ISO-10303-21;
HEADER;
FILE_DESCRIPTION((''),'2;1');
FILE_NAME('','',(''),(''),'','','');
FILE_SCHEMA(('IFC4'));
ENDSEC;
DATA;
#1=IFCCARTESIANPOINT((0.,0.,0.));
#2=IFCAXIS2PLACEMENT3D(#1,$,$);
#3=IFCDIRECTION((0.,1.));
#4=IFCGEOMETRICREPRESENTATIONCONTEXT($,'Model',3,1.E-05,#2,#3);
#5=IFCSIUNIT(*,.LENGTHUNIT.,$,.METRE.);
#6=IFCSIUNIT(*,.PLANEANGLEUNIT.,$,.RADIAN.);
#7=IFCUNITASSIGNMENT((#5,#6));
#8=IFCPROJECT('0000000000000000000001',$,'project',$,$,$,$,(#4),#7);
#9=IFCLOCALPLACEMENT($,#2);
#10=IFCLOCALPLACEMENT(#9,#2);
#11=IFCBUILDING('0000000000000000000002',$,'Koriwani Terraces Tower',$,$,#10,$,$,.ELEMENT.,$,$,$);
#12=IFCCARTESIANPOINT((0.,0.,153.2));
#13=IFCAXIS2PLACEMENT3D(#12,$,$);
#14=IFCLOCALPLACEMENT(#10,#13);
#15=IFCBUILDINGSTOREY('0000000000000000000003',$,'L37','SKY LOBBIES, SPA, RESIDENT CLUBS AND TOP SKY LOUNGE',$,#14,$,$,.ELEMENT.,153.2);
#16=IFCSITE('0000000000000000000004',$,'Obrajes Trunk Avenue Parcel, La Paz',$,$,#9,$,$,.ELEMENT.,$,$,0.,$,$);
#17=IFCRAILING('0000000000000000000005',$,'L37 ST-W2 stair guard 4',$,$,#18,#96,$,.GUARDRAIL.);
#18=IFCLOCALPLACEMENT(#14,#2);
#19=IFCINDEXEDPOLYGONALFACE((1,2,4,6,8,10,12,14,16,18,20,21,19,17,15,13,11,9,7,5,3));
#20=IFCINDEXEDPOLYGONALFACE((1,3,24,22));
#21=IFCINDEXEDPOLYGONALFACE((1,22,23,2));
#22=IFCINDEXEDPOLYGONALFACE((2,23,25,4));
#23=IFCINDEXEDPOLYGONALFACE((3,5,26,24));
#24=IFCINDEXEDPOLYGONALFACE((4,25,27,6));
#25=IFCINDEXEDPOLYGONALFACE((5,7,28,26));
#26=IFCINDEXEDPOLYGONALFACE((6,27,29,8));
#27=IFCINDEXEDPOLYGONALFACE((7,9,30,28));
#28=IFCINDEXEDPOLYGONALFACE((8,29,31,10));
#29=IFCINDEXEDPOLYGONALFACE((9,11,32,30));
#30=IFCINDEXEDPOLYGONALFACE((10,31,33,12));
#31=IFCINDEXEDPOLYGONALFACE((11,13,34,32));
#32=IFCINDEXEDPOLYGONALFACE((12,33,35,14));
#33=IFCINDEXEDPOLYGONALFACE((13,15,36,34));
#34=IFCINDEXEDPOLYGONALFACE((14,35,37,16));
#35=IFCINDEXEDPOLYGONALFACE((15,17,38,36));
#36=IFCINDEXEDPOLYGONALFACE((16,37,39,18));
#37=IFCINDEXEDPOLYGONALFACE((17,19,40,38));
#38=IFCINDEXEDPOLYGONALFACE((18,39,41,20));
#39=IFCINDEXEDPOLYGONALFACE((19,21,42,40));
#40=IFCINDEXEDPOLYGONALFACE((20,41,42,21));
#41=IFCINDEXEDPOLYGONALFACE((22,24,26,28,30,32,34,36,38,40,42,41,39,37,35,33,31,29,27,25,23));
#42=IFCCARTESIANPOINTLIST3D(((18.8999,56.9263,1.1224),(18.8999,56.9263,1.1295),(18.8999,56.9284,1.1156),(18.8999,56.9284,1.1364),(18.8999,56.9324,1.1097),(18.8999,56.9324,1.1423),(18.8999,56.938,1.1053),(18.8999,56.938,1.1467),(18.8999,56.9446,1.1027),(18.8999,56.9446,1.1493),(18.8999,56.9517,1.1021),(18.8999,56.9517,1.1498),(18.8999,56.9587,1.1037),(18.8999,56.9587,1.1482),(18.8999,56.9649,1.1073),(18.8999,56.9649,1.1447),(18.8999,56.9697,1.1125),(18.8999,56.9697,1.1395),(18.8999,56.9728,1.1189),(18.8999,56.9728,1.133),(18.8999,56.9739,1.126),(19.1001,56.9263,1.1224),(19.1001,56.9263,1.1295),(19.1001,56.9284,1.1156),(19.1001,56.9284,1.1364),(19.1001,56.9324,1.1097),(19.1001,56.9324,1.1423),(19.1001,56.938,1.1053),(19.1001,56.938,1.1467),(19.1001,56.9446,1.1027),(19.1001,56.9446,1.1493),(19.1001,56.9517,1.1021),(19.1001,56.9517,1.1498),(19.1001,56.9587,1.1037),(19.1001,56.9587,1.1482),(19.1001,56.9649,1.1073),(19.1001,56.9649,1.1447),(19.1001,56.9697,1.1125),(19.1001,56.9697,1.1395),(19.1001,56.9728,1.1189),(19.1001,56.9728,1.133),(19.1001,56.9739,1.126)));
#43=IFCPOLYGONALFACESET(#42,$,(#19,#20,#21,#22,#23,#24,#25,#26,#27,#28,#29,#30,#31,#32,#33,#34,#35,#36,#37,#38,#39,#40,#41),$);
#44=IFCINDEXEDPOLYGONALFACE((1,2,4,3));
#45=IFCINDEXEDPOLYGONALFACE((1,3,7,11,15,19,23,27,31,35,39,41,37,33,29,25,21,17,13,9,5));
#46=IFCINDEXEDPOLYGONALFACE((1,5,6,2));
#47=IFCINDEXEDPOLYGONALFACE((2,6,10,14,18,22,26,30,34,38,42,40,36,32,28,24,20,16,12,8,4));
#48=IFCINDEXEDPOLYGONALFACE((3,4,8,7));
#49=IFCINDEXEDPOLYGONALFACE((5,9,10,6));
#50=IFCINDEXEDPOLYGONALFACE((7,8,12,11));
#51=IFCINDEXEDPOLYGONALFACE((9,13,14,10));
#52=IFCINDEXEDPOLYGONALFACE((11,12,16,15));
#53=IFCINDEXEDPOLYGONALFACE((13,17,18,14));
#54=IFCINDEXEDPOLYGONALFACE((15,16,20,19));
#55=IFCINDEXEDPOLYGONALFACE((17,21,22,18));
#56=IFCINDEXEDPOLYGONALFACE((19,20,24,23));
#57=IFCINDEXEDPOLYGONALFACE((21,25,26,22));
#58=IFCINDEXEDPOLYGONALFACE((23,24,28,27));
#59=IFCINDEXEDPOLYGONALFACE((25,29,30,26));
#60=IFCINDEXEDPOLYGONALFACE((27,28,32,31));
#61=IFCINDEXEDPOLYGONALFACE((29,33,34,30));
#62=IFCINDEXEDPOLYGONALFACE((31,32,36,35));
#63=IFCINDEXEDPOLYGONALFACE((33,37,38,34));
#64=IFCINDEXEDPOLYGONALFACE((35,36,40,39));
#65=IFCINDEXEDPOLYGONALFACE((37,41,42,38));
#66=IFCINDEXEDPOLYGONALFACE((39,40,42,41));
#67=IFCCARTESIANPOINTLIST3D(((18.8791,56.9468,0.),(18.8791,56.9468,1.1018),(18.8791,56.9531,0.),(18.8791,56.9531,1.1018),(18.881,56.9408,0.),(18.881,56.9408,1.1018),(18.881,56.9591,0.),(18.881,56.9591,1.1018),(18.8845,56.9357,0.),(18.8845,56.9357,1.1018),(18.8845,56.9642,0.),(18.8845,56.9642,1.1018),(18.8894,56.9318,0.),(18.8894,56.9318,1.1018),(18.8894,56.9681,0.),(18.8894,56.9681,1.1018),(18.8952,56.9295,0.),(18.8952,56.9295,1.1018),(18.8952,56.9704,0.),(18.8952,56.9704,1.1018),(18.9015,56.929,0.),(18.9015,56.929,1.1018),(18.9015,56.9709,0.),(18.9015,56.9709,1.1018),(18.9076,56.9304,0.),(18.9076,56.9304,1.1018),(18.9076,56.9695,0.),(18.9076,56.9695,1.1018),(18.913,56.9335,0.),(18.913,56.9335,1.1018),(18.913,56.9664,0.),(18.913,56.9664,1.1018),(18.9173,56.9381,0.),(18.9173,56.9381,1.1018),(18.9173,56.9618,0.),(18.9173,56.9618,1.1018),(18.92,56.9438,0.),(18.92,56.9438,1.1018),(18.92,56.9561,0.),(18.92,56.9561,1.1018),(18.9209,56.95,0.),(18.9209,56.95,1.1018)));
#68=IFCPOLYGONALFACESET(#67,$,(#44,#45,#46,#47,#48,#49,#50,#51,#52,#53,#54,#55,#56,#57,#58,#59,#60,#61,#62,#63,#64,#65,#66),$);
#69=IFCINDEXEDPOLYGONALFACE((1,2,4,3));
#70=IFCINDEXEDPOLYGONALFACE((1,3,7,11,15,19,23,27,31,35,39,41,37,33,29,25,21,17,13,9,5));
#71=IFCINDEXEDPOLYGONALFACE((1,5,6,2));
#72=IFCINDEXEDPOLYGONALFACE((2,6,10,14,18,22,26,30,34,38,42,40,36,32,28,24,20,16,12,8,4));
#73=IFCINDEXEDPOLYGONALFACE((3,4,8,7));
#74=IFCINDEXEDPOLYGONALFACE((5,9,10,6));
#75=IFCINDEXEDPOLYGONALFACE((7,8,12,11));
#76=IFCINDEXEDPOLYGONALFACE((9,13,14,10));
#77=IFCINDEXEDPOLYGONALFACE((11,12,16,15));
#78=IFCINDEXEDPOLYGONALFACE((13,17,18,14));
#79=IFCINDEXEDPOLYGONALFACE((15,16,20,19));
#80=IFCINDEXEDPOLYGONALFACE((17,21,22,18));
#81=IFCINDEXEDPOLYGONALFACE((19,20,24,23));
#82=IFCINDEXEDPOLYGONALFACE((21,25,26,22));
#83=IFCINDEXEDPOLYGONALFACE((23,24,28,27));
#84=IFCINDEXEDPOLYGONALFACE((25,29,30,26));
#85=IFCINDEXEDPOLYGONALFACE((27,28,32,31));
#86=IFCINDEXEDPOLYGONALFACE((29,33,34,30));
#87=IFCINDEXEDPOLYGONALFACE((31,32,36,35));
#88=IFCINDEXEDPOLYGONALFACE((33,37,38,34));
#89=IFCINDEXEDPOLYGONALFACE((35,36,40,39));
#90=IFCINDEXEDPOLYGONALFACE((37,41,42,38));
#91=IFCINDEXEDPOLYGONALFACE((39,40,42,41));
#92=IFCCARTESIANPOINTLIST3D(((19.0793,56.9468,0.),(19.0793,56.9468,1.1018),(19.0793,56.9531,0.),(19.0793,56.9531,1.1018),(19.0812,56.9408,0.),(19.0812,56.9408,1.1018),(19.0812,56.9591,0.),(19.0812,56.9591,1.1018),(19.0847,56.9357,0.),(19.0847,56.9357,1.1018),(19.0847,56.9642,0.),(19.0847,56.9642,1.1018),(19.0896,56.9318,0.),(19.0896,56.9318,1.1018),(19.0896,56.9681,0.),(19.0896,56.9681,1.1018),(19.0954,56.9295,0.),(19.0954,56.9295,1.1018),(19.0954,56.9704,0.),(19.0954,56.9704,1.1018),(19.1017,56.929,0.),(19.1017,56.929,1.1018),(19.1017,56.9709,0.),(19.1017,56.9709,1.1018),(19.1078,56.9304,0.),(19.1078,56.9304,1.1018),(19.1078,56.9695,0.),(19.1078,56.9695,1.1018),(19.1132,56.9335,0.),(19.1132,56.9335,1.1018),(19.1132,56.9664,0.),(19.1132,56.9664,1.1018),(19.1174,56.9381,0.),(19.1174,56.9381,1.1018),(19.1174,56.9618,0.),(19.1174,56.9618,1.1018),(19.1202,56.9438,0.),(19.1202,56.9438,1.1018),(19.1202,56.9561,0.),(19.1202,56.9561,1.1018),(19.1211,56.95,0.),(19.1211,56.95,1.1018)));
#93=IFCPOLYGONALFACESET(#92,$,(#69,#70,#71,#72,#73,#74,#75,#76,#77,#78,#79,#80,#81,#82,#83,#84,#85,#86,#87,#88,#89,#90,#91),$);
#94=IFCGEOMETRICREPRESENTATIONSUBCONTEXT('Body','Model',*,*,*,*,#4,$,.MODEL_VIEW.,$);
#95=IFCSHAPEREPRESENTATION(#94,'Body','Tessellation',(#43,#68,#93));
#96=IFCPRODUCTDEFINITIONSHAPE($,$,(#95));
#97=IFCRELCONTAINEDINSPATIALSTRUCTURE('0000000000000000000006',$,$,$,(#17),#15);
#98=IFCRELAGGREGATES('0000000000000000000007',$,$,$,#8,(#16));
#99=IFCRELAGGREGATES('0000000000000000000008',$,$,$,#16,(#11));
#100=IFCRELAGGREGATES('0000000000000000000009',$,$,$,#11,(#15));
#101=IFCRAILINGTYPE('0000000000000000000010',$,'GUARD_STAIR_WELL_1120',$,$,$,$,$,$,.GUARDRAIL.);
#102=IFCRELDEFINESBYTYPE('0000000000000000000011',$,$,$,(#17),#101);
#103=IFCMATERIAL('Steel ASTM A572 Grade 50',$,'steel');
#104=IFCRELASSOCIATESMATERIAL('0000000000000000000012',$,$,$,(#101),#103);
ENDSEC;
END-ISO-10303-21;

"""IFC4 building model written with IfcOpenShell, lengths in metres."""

from ifc_helpers import new_model, si_unit, direction, frame, origin, origin_2d, place, context, subcontext, project, spatial, circle, extrude, material, type_object, element, save


model = new_model("IFC4")

# Units and contexts
model_context = context("Model", 3, precision=1e-05, world=origin(), true_north=direction((0.0, 1.0)))
body_context = subcontext(model_context, "Body", "Model", "MODEL_VIEW")
ifc_project = project(units=[si_unit("LENGTHUNIT", "METRE"), si_unit("PLANEANGLEUNIT", "RADIAN")], contexts=[model_context])

# Site, building, storey
site_placement = place(None, origin())
site = spatial("IfcSite", under=ifc_project, at=site_placement, Name="Obrajes Trunk Avenue Parcel, La Paz", CompositionType="ELEMENT", RefElevation=0.0)
building_placement = place(site_placement, origin())
building = spatial("IfcBuilding", under=site, at=building_placement, Name="Koriwani Terraces Tower", CompositionType="ELEMENT")
storey_placement = place(building_placement, frame((0.0, 0.0, 153.2)))
storey = spatial("IfcBuildingStorey", under=building, at=storey_placement, Name="L37", Description="SKY LOBBIES, SPA, RESIDENT CLUBS AND TOP SKY LOUNGE", CompositionType="ELEMENT", Elevation=153.2)

# Shared definitions
ifc_material_1 = material(Name="Steel ASTM A572 Grade 50", Category="steel")

# Railing
railing_type_1 = type_object("IfcRailingType", Name="GUARD_STAIR_WELL_1120", PredefinedType="GUARDRAIL", material=ifc_material_1)
railing_1_placement = place(storey_placement, frame((18.8999, 56.95, 0.0)))
element("IfcRailing", 1, at=railing_1_placement, inside=storey, type_object=railing_type_1, Name="L37 ST-W2 stair guard 4", PredefinedType="GUARDRAIL", context=body_context, shape_type="SweptSolid", body=[
    extrude(circle(Radius=0.0239, at=origin_2d()), frame((0.0, 0.0, 1.126), z_axis=(1.0, 0.0, 0.0), x_axis=(0.0, 1.0, 0.0)), (0.0, 0.0, 1.0), 0.2002),
    extrude(circle(Radius=0.021, at=origin_2d()), origin(), (0.0, 0.0, 1.0), 1.1018),
    extrude(circle(Radius=0.021, at=origin_2d()), frame((0.2002, 0.0, 0.0)), (0.0, 0.0, 1.0), 1.1018),
])

save(model, "model.ifc")
